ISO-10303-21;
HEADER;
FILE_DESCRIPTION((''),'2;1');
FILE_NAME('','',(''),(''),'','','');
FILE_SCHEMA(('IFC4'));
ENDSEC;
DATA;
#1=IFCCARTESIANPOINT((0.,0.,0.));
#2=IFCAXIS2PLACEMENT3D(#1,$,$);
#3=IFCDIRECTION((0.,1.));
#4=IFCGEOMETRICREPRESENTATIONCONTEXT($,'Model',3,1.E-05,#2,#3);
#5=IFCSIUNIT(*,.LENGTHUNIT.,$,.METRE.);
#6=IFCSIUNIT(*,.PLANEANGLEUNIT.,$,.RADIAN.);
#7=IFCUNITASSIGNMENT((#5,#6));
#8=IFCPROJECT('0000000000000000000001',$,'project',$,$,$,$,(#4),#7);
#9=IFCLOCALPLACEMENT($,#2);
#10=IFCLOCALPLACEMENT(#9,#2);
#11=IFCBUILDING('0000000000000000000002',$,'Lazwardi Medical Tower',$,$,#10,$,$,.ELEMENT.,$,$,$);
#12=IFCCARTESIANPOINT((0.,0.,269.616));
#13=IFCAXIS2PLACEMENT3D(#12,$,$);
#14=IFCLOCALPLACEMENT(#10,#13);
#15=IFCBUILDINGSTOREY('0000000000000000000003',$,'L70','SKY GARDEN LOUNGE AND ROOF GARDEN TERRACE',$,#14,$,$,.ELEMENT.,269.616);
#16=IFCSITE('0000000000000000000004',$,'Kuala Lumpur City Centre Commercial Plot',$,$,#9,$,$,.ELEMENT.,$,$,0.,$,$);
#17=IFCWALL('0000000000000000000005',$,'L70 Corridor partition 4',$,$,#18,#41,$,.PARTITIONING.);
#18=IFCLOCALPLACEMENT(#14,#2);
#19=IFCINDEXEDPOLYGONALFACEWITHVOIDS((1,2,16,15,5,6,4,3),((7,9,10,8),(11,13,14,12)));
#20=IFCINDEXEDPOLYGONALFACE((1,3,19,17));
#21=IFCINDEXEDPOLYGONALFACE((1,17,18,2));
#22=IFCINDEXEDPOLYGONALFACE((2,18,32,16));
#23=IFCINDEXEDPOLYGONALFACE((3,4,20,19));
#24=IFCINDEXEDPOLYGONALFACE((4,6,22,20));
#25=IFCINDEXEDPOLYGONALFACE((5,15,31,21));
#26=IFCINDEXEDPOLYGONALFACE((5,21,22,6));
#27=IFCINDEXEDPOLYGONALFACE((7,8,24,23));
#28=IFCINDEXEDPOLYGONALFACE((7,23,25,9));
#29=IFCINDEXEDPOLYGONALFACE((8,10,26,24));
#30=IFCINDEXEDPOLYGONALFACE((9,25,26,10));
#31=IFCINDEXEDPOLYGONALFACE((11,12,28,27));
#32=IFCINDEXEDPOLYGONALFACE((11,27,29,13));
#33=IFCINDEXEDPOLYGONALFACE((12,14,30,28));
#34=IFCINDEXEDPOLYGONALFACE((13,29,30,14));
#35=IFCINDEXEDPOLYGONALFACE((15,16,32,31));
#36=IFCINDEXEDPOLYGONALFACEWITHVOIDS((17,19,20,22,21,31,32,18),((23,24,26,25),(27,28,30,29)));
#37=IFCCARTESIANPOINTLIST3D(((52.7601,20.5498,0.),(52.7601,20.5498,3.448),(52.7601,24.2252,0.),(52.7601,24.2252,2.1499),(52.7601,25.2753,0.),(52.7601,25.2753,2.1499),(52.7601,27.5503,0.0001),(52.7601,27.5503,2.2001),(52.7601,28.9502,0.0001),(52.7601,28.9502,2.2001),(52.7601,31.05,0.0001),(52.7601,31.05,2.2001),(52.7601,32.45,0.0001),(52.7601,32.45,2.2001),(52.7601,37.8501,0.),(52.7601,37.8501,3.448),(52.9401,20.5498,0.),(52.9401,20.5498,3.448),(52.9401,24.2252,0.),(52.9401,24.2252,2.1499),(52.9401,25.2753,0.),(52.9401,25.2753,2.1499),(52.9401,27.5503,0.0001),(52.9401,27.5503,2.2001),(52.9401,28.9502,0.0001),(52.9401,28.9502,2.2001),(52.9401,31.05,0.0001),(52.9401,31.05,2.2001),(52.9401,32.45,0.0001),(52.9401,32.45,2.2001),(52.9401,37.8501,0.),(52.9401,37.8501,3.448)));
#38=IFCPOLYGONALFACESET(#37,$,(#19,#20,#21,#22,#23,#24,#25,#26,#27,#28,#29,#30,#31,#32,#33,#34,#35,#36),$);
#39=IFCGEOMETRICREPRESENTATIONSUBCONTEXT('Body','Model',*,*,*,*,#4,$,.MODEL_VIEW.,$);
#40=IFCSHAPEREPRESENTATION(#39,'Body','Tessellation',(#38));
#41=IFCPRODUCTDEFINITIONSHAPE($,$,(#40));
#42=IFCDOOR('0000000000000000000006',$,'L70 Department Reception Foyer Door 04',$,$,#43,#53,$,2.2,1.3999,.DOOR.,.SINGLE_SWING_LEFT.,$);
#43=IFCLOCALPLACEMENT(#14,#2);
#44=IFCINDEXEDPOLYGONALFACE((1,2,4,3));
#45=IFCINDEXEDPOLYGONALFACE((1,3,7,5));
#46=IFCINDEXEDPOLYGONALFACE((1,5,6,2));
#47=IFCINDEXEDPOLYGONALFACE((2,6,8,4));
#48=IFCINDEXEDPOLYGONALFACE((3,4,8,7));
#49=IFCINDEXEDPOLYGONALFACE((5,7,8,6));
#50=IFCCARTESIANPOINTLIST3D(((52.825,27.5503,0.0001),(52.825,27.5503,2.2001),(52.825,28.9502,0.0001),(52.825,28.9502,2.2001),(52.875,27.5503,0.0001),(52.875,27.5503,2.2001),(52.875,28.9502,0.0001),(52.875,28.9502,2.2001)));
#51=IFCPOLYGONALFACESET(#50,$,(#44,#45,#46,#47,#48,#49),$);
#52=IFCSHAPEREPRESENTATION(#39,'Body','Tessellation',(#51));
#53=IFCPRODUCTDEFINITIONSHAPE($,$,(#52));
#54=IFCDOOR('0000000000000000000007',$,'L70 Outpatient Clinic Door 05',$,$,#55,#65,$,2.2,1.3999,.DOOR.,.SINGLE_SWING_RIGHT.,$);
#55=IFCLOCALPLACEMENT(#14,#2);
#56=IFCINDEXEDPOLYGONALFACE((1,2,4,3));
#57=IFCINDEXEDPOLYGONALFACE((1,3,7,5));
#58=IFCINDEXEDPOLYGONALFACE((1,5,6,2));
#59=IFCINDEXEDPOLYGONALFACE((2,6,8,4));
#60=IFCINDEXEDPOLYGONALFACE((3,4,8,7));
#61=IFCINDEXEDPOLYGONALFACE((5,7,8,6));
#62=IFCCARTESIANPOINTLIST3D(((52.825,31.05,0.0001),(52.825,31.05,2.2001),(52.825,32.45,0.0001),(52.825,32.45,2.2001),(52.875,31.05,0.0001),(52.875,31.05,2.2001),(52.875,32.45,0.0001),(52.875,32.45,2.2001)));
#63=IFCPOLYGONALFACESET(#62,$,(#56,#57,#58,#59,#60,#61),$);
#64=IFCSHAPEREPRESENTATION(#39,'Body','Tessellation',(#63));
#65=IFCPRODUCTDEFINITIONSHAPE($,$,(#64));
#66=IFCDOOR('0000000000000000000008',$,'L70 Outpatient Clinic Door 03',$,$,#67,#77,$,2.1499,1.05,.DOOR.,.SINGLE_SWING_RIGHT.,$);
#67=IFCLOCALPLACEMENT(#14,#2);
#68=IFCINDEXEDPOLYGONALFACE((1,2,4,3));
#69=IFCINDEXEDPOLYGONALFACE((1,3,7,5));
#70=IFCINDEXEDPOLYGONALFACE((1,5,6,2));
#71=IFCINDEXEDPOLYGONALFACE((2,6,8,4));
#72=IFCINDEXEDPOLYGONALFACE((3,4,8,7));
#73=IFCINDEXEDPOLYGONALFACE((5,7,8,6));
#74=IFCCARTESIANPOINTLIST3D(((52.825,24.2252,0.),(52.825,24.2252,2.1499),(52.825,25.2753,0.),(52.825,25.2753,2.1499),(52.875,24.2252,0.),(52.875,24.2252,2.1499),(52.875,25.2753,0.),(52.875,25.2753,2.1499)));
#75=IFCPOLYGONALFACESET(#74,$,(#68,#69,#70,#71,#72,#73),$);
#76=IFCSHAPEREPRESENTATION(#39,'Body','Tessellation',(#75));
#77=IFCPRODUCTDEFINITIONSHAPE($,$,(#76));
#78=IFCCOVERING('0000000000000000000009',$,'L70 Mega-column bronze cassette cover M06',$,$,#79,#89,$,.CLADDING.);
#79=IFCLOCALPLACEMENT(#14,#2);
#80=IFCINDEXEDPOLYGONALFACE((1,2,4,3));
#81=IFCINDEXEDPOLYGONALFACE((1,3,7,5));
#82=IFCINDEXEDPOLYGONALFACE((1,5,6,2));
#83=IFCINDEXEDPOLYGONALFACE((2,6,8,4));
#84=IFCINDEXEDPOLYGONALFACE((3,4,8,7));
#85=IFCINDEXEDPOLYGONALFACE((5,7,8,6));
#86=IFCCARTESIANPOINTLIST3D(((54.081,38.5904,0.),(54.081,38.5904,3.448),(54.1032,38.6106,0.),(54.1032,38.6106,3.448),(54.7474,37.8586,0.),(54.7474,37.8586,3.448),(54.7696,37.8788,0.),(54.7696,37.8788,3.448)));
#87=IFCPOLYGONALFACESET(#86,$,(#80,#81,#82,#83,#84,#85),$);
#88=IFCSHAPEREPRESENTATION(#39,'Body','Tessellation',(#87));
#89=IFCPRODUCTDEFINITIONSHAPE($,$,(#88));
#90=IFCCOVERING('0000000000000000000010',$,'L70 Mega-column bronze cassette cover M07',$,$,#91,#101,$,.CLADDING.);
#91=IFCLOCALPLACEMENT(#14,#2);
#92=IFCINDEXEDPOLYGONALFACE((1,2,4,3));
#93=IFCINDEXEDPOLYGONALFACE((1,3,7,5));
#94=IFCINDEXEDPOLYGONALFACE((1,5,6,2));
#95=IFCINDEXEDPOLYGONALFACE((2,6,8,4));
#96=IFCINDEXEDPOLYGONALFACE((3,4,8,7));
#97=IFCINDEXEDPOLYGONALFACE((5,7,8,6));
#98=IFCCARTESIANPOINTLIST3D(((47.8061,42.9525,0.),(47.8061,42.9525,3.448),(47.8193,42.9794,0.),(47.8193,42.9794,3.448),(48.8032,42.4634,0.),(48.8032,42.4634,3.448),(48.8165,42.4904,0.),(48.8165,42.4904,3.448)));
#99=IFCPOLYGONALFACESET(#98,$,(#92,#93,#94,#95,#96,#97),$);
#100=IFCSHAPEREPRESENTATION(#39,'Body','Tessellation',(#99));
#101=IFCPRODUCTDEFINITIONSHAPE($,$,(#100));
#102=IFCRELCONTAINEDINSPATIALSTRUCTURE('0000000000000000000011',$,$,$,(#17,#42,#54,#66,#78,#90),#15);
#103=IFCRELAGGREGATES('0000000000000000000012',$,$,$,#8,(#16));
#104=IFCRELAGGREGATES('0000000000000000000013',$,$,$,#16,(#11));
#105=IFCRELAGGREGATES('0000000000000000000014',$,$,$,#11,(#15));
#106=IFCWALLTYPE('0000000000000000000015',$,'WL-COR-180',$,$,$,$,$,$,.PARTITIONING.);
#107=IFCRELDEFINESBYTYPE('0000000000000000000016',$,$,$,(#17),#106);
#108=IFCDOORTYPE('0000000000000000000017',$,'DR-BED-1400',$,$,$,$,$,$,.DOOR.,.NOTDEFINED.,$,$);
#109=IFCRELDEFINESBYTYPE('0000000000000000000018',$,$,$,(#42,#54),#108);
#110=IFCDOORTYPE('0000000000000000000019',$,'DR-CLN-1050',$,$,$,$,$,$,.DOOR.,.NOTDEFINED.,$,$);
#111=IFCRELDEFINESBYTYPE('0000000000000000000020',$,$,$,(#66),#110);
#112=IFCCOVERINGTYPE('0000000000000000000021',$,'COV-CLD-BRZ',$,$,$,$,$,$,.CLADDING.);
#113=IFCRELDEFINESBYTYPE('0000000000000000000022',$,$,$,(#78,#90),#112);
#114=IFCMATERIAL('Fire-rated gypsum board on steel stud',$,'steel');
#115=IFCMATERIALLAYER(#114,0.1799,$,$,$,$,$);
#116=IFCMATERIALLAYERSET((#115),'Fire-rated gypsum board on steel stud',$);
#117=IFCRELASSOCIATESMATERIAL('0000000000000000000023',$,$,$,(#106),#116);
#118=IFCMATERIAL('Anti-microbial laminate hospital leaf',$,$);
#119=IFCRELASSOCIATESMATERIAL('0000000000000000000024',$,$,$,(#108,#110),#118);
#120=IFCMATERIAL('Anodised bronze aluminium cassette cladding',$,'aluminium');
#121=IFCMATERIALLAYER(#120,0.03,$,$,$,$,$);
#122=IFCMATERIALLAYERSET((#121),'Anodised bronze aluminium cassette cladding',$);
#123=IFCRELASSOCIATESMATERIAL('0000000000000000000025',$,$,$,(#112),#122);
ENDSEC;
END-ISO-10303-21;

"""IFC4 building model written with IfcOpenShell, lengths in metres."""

from ifc_helpers import new_model, si_unit, direction, frame, frame_2d, origin, origin_2d, place, context, subcontext, project, spatial, rectangle, extrude, material, layer, layer_set, type_object, element, fill, save


model = new_model("IFC4")

# Units and contexts
model_context = context("Model", 3, precision=1e-05, world=origin(), true_north=direction((0.0, 1.0)))
body_context = subcontext(model_context, "Body", "Model", "MODEL_VIEW")
ifc_project = project(units=[si_unit("LENGTHUNIT", "METRE"), si_unit("PLANEANGLEUNIT", "RADIAN")], contexts=[model_context])

# Site, building, storey
site_placement = place(None, origin())
site = spatial("IfcSite", under=ifc_project, at=site_placement, Name="Kuala Lumpur City Centre Commercial Plot", CompositionType="ELEMENT", RefElevation=0.0)
building_placement = place(site_placement, origin())
building = spatial("IfcBuilding", under=site, at=building_placement, Name="Lazwardi Medical Tower", CompositionType="ELEMENT")
storey_placement = place(building_placement, frame((0.0, 0.0, 269.616)))
storey = spatial("IfcBuildingStorey", under=building, at=storey_placement, Name="L70", Description="SKY GARDEN LOUNGE AND ROOF GARDEN TERRACE", CompositionType="ELEMENT", Elevation=269.616)

# Shared definitions
ifc_material_1 = material(Name="Fire-rated gypsum board on steel stud", Category="steel")
ifc_layer_1 = layer(ifc_material_1, 0.1799)
ifc_layer_set_1 = layer_set([ifc_layer_1], Name="Fire-rated gypsum board on steel stud")
wall_type = type_object("IfcWallType", Name="WL-COR-180", PredefinedType="PARTITIONING", material=ifc_layer_set_1)

# Wall, openings, doors
wall_1_placement = place(storey_placement, frame((52.8501, 37.8501, 0.0), z_axis=(0.0, 0.0, 1.0), x_axis=(0.0, -1.0, 0.0)))
wall_1 = element("IfcWall", 1, at=wall_1_placement, inside=storey, type_object=wall_type, Name="L70 Corridor partition 4", PredefinedType="PARTITIONING", context=body_context, shape_type="SweptSolid", body=[
    extrude(rectangle(XDim=17.3003, YDim=0.1799, at=frame_2d((8.6501, 0.0))), origin(), (0.0, 0.0, 1.0), 3.448),
])
opening_1_placement = place(wall_1_placement, frame((12.575, 0.0, 0.0)))
opening_1 = element("IfcOpeningElement", 2, at=opening_1_placement, cuts=wall_1, PredefinedType="OPENING", context=body_context, shape_type="SweptSolid", body=[
    extrude(rectangle(XDim=1.05, YDim=2.1499, at=frame_2d((0.5249, 1.075))), frame((0.0, 0.0999, 0.0), z_axis=(0.0, -1.0, 0.0), x_axis=(1.0, 0.0, 0.0)), (0.0, 0.0, 1.0), 0.2),
])
opening_2_placement = place(wall_1_placement, frame((8.8999, 0.0, 0.0)))
opening_2 = element("IfcOpeningElement", 3, at=opening_2_placement, cuts=wall_1, PredefinedType="OPENING", context=body_context, shape_type="SweptSolid", body=[
    extrude(rectangle(XDim=1.3999, YDim=2.2, at=frame_2d((0.7, 1.1001))), frame((0.0, 0.0999, 0.0), z_axis=(0.0, -1.0, 0.0), x_axis=(1.0, 0.0, 0.0)), (0.0, 0.0, 1.0), 0.2),
])
opening_3_placement = place(wall_1_placement, frame((5.4001, 0.0, 0.0)))
opening_3 = element("IfcOpeningElement", 4, at=opening_3_placement, cuts=wall_1, PredefinedType="OPENING", context=body_context, shape_type="SweptSolid", body=[
    extrude(rectangle(XDim=1.3999, YDim=2.2, at=frame_2d((0.7, 1.1001))), frame((0.0, 0.0999, 0.0), z_axis=(0.0, -1.0, 0.0), x_axis=(1.0, 0.0, 0.0)), (0.0, 0.0, 1.0), 0.2),
])
ifc_material_2 = material(Name="Anti-microbial laminate hospital leaf")
door_type_1 = type_object("IfcDoorType", Name="DR-BED-1400", OperationType="NOTDEFINED", PredefinedType="DOOR", material=ifc_material_2)
door_1_placement = place(opening_2_placement, origin())
door_1 = element("IfcDoor", 5, at=door_1_placement, inside=storey, type_object=door_type_1, Name="L70 Department Reception Foyer Door 04", OperationType="SINGLE_SWING_LEFT", OverallHeight=2.2, OverallWidth=1.3999, PredefinedType="DOOR", context=body_context, shape_type="SweptSolid", body=[
    extrude(rectangle(XDim=1.3999, YDim=2.2, at=frame_2d((0.7, 1.1001))), frame((0.0, 0.0249, 0.0), z_axis=(0.0, -1.0, 0.0), x_axis=(1.0, 0.0, 0.0)), (0.0, 0.0, 1.0), 0.05),
])
fill(opening_2, door_1)
door_2_placement = place(opening_3_placement, origin())
door_2 = element("IfcDoor", 6, at=door_2_placement, inside=storey, type_object=door_type_1, Name="L70 Outpatient Clinic Door 05", OperationType="SINGLE_SWING_RIGHT", OverallHeight=2.2, OverallWidth=1.3999, PredefinedType="DOOR", context=body_context, shape_type="SweptSolid", body=[
    extrude(rectangle(XDim=1.3999, YDim=2.2, at=frame_2d((0.7, 1.1001))), frame((0.0, 0.0249, 0.0), z_axis=(0.0, -1.0, 0.0), x_axis=(1.0, 0.0, 0.0)), (0.0, 0.0, 1.0), 0.05),
])
fill(opening_3, door_2)
door_type_2 = type_object("IfcDoorType", Name="DR-CLN-1050", OperationType="NOTDEFINED", PredefinedType="DOOR", material=ifc_material_2)
door_3_placement = place(opening_1_placement, origin())
door_3 = element("IfcDoor", 7, at=door_3_placement, inside=storey, type_object=door_type_2, Name="L70 Outpatient Clinic Door 03", OperationType="SINGLE_SWING_RIGHT", OverallHeight=2.1499, OverallWidth=1.05, PredefinedType="DOOR", context=body_context, shape_type="SweptSolid", body=[
    extrude(rectangle(XDim=1.05, YDim=2.1499, at=frame_2d((0.5249, 1.075))), frame((0.0, 0.0249, 0.0), z_axis=(0.0, -1.0, 0.0), x_axis=(1.0, 0.0, 0.0)), (0.0, 0.0, 1.0), 0.05),
])
fill(opening_1, door_3)

# Coverings
ifc_material_3 = material(Name="Anodised bronze aluminium cassette cladding", Category="aluminium")
ifc_layer_2 = layer(ifc_material_3, 0.03)
ifc_layer_set_2 = layer_set([ifc_layer_2], Name="Anodised bronze aluminium cassette cladding")
covering_type = type_object("IfcCoveringType", Name="COV-CLD-BRZ", PredefinedType="CLADDING", material=ifc_layer_set_2)
covering_1_placement = place(storey_placement, frame((54.4253, 38.2346, 0.0), z_axis=(0.0, 0.0, 1.0), x_axis=(-0.673241, 0.739423, 0.0)))
element("IfcCovering", 8, at=covering_1_placement, inside=storey, type_object=covering_type, Name="L70 Mega-column bronze cassette cover M06", PredefinedType="CLADDING", context=body_context, shape_type="SweptSolid", body=[
    extrude(rectangle(XDim=0.9897, YDim=0.03, at=origin_2d()), origin(), (0.0, 0.0, 1.0), 3.448),
])
covering_2_placement = place(storey_placement, frame((48.3113, 42.7214, 0.0), z_axis=(0.0, 0.0, 1.0), x_axis=(-0.89784, 0.440322, 0.0)))
element("IfcCovering", 9, at=covering_2_placement, inside=storey, type_object=covering_type, Name="L70 Mega-column bronze cassette cover M07", PredefinedType="CLADDING", context=body_context, shape_type="SweptSolid", body=[
    extrude(rectangle(XDim=1.1106, YDim=0.03, at=origin_2d()), origin(), (0.0, 0.0, 1.0), 3.448),
])

save(model, "model.ifc")
